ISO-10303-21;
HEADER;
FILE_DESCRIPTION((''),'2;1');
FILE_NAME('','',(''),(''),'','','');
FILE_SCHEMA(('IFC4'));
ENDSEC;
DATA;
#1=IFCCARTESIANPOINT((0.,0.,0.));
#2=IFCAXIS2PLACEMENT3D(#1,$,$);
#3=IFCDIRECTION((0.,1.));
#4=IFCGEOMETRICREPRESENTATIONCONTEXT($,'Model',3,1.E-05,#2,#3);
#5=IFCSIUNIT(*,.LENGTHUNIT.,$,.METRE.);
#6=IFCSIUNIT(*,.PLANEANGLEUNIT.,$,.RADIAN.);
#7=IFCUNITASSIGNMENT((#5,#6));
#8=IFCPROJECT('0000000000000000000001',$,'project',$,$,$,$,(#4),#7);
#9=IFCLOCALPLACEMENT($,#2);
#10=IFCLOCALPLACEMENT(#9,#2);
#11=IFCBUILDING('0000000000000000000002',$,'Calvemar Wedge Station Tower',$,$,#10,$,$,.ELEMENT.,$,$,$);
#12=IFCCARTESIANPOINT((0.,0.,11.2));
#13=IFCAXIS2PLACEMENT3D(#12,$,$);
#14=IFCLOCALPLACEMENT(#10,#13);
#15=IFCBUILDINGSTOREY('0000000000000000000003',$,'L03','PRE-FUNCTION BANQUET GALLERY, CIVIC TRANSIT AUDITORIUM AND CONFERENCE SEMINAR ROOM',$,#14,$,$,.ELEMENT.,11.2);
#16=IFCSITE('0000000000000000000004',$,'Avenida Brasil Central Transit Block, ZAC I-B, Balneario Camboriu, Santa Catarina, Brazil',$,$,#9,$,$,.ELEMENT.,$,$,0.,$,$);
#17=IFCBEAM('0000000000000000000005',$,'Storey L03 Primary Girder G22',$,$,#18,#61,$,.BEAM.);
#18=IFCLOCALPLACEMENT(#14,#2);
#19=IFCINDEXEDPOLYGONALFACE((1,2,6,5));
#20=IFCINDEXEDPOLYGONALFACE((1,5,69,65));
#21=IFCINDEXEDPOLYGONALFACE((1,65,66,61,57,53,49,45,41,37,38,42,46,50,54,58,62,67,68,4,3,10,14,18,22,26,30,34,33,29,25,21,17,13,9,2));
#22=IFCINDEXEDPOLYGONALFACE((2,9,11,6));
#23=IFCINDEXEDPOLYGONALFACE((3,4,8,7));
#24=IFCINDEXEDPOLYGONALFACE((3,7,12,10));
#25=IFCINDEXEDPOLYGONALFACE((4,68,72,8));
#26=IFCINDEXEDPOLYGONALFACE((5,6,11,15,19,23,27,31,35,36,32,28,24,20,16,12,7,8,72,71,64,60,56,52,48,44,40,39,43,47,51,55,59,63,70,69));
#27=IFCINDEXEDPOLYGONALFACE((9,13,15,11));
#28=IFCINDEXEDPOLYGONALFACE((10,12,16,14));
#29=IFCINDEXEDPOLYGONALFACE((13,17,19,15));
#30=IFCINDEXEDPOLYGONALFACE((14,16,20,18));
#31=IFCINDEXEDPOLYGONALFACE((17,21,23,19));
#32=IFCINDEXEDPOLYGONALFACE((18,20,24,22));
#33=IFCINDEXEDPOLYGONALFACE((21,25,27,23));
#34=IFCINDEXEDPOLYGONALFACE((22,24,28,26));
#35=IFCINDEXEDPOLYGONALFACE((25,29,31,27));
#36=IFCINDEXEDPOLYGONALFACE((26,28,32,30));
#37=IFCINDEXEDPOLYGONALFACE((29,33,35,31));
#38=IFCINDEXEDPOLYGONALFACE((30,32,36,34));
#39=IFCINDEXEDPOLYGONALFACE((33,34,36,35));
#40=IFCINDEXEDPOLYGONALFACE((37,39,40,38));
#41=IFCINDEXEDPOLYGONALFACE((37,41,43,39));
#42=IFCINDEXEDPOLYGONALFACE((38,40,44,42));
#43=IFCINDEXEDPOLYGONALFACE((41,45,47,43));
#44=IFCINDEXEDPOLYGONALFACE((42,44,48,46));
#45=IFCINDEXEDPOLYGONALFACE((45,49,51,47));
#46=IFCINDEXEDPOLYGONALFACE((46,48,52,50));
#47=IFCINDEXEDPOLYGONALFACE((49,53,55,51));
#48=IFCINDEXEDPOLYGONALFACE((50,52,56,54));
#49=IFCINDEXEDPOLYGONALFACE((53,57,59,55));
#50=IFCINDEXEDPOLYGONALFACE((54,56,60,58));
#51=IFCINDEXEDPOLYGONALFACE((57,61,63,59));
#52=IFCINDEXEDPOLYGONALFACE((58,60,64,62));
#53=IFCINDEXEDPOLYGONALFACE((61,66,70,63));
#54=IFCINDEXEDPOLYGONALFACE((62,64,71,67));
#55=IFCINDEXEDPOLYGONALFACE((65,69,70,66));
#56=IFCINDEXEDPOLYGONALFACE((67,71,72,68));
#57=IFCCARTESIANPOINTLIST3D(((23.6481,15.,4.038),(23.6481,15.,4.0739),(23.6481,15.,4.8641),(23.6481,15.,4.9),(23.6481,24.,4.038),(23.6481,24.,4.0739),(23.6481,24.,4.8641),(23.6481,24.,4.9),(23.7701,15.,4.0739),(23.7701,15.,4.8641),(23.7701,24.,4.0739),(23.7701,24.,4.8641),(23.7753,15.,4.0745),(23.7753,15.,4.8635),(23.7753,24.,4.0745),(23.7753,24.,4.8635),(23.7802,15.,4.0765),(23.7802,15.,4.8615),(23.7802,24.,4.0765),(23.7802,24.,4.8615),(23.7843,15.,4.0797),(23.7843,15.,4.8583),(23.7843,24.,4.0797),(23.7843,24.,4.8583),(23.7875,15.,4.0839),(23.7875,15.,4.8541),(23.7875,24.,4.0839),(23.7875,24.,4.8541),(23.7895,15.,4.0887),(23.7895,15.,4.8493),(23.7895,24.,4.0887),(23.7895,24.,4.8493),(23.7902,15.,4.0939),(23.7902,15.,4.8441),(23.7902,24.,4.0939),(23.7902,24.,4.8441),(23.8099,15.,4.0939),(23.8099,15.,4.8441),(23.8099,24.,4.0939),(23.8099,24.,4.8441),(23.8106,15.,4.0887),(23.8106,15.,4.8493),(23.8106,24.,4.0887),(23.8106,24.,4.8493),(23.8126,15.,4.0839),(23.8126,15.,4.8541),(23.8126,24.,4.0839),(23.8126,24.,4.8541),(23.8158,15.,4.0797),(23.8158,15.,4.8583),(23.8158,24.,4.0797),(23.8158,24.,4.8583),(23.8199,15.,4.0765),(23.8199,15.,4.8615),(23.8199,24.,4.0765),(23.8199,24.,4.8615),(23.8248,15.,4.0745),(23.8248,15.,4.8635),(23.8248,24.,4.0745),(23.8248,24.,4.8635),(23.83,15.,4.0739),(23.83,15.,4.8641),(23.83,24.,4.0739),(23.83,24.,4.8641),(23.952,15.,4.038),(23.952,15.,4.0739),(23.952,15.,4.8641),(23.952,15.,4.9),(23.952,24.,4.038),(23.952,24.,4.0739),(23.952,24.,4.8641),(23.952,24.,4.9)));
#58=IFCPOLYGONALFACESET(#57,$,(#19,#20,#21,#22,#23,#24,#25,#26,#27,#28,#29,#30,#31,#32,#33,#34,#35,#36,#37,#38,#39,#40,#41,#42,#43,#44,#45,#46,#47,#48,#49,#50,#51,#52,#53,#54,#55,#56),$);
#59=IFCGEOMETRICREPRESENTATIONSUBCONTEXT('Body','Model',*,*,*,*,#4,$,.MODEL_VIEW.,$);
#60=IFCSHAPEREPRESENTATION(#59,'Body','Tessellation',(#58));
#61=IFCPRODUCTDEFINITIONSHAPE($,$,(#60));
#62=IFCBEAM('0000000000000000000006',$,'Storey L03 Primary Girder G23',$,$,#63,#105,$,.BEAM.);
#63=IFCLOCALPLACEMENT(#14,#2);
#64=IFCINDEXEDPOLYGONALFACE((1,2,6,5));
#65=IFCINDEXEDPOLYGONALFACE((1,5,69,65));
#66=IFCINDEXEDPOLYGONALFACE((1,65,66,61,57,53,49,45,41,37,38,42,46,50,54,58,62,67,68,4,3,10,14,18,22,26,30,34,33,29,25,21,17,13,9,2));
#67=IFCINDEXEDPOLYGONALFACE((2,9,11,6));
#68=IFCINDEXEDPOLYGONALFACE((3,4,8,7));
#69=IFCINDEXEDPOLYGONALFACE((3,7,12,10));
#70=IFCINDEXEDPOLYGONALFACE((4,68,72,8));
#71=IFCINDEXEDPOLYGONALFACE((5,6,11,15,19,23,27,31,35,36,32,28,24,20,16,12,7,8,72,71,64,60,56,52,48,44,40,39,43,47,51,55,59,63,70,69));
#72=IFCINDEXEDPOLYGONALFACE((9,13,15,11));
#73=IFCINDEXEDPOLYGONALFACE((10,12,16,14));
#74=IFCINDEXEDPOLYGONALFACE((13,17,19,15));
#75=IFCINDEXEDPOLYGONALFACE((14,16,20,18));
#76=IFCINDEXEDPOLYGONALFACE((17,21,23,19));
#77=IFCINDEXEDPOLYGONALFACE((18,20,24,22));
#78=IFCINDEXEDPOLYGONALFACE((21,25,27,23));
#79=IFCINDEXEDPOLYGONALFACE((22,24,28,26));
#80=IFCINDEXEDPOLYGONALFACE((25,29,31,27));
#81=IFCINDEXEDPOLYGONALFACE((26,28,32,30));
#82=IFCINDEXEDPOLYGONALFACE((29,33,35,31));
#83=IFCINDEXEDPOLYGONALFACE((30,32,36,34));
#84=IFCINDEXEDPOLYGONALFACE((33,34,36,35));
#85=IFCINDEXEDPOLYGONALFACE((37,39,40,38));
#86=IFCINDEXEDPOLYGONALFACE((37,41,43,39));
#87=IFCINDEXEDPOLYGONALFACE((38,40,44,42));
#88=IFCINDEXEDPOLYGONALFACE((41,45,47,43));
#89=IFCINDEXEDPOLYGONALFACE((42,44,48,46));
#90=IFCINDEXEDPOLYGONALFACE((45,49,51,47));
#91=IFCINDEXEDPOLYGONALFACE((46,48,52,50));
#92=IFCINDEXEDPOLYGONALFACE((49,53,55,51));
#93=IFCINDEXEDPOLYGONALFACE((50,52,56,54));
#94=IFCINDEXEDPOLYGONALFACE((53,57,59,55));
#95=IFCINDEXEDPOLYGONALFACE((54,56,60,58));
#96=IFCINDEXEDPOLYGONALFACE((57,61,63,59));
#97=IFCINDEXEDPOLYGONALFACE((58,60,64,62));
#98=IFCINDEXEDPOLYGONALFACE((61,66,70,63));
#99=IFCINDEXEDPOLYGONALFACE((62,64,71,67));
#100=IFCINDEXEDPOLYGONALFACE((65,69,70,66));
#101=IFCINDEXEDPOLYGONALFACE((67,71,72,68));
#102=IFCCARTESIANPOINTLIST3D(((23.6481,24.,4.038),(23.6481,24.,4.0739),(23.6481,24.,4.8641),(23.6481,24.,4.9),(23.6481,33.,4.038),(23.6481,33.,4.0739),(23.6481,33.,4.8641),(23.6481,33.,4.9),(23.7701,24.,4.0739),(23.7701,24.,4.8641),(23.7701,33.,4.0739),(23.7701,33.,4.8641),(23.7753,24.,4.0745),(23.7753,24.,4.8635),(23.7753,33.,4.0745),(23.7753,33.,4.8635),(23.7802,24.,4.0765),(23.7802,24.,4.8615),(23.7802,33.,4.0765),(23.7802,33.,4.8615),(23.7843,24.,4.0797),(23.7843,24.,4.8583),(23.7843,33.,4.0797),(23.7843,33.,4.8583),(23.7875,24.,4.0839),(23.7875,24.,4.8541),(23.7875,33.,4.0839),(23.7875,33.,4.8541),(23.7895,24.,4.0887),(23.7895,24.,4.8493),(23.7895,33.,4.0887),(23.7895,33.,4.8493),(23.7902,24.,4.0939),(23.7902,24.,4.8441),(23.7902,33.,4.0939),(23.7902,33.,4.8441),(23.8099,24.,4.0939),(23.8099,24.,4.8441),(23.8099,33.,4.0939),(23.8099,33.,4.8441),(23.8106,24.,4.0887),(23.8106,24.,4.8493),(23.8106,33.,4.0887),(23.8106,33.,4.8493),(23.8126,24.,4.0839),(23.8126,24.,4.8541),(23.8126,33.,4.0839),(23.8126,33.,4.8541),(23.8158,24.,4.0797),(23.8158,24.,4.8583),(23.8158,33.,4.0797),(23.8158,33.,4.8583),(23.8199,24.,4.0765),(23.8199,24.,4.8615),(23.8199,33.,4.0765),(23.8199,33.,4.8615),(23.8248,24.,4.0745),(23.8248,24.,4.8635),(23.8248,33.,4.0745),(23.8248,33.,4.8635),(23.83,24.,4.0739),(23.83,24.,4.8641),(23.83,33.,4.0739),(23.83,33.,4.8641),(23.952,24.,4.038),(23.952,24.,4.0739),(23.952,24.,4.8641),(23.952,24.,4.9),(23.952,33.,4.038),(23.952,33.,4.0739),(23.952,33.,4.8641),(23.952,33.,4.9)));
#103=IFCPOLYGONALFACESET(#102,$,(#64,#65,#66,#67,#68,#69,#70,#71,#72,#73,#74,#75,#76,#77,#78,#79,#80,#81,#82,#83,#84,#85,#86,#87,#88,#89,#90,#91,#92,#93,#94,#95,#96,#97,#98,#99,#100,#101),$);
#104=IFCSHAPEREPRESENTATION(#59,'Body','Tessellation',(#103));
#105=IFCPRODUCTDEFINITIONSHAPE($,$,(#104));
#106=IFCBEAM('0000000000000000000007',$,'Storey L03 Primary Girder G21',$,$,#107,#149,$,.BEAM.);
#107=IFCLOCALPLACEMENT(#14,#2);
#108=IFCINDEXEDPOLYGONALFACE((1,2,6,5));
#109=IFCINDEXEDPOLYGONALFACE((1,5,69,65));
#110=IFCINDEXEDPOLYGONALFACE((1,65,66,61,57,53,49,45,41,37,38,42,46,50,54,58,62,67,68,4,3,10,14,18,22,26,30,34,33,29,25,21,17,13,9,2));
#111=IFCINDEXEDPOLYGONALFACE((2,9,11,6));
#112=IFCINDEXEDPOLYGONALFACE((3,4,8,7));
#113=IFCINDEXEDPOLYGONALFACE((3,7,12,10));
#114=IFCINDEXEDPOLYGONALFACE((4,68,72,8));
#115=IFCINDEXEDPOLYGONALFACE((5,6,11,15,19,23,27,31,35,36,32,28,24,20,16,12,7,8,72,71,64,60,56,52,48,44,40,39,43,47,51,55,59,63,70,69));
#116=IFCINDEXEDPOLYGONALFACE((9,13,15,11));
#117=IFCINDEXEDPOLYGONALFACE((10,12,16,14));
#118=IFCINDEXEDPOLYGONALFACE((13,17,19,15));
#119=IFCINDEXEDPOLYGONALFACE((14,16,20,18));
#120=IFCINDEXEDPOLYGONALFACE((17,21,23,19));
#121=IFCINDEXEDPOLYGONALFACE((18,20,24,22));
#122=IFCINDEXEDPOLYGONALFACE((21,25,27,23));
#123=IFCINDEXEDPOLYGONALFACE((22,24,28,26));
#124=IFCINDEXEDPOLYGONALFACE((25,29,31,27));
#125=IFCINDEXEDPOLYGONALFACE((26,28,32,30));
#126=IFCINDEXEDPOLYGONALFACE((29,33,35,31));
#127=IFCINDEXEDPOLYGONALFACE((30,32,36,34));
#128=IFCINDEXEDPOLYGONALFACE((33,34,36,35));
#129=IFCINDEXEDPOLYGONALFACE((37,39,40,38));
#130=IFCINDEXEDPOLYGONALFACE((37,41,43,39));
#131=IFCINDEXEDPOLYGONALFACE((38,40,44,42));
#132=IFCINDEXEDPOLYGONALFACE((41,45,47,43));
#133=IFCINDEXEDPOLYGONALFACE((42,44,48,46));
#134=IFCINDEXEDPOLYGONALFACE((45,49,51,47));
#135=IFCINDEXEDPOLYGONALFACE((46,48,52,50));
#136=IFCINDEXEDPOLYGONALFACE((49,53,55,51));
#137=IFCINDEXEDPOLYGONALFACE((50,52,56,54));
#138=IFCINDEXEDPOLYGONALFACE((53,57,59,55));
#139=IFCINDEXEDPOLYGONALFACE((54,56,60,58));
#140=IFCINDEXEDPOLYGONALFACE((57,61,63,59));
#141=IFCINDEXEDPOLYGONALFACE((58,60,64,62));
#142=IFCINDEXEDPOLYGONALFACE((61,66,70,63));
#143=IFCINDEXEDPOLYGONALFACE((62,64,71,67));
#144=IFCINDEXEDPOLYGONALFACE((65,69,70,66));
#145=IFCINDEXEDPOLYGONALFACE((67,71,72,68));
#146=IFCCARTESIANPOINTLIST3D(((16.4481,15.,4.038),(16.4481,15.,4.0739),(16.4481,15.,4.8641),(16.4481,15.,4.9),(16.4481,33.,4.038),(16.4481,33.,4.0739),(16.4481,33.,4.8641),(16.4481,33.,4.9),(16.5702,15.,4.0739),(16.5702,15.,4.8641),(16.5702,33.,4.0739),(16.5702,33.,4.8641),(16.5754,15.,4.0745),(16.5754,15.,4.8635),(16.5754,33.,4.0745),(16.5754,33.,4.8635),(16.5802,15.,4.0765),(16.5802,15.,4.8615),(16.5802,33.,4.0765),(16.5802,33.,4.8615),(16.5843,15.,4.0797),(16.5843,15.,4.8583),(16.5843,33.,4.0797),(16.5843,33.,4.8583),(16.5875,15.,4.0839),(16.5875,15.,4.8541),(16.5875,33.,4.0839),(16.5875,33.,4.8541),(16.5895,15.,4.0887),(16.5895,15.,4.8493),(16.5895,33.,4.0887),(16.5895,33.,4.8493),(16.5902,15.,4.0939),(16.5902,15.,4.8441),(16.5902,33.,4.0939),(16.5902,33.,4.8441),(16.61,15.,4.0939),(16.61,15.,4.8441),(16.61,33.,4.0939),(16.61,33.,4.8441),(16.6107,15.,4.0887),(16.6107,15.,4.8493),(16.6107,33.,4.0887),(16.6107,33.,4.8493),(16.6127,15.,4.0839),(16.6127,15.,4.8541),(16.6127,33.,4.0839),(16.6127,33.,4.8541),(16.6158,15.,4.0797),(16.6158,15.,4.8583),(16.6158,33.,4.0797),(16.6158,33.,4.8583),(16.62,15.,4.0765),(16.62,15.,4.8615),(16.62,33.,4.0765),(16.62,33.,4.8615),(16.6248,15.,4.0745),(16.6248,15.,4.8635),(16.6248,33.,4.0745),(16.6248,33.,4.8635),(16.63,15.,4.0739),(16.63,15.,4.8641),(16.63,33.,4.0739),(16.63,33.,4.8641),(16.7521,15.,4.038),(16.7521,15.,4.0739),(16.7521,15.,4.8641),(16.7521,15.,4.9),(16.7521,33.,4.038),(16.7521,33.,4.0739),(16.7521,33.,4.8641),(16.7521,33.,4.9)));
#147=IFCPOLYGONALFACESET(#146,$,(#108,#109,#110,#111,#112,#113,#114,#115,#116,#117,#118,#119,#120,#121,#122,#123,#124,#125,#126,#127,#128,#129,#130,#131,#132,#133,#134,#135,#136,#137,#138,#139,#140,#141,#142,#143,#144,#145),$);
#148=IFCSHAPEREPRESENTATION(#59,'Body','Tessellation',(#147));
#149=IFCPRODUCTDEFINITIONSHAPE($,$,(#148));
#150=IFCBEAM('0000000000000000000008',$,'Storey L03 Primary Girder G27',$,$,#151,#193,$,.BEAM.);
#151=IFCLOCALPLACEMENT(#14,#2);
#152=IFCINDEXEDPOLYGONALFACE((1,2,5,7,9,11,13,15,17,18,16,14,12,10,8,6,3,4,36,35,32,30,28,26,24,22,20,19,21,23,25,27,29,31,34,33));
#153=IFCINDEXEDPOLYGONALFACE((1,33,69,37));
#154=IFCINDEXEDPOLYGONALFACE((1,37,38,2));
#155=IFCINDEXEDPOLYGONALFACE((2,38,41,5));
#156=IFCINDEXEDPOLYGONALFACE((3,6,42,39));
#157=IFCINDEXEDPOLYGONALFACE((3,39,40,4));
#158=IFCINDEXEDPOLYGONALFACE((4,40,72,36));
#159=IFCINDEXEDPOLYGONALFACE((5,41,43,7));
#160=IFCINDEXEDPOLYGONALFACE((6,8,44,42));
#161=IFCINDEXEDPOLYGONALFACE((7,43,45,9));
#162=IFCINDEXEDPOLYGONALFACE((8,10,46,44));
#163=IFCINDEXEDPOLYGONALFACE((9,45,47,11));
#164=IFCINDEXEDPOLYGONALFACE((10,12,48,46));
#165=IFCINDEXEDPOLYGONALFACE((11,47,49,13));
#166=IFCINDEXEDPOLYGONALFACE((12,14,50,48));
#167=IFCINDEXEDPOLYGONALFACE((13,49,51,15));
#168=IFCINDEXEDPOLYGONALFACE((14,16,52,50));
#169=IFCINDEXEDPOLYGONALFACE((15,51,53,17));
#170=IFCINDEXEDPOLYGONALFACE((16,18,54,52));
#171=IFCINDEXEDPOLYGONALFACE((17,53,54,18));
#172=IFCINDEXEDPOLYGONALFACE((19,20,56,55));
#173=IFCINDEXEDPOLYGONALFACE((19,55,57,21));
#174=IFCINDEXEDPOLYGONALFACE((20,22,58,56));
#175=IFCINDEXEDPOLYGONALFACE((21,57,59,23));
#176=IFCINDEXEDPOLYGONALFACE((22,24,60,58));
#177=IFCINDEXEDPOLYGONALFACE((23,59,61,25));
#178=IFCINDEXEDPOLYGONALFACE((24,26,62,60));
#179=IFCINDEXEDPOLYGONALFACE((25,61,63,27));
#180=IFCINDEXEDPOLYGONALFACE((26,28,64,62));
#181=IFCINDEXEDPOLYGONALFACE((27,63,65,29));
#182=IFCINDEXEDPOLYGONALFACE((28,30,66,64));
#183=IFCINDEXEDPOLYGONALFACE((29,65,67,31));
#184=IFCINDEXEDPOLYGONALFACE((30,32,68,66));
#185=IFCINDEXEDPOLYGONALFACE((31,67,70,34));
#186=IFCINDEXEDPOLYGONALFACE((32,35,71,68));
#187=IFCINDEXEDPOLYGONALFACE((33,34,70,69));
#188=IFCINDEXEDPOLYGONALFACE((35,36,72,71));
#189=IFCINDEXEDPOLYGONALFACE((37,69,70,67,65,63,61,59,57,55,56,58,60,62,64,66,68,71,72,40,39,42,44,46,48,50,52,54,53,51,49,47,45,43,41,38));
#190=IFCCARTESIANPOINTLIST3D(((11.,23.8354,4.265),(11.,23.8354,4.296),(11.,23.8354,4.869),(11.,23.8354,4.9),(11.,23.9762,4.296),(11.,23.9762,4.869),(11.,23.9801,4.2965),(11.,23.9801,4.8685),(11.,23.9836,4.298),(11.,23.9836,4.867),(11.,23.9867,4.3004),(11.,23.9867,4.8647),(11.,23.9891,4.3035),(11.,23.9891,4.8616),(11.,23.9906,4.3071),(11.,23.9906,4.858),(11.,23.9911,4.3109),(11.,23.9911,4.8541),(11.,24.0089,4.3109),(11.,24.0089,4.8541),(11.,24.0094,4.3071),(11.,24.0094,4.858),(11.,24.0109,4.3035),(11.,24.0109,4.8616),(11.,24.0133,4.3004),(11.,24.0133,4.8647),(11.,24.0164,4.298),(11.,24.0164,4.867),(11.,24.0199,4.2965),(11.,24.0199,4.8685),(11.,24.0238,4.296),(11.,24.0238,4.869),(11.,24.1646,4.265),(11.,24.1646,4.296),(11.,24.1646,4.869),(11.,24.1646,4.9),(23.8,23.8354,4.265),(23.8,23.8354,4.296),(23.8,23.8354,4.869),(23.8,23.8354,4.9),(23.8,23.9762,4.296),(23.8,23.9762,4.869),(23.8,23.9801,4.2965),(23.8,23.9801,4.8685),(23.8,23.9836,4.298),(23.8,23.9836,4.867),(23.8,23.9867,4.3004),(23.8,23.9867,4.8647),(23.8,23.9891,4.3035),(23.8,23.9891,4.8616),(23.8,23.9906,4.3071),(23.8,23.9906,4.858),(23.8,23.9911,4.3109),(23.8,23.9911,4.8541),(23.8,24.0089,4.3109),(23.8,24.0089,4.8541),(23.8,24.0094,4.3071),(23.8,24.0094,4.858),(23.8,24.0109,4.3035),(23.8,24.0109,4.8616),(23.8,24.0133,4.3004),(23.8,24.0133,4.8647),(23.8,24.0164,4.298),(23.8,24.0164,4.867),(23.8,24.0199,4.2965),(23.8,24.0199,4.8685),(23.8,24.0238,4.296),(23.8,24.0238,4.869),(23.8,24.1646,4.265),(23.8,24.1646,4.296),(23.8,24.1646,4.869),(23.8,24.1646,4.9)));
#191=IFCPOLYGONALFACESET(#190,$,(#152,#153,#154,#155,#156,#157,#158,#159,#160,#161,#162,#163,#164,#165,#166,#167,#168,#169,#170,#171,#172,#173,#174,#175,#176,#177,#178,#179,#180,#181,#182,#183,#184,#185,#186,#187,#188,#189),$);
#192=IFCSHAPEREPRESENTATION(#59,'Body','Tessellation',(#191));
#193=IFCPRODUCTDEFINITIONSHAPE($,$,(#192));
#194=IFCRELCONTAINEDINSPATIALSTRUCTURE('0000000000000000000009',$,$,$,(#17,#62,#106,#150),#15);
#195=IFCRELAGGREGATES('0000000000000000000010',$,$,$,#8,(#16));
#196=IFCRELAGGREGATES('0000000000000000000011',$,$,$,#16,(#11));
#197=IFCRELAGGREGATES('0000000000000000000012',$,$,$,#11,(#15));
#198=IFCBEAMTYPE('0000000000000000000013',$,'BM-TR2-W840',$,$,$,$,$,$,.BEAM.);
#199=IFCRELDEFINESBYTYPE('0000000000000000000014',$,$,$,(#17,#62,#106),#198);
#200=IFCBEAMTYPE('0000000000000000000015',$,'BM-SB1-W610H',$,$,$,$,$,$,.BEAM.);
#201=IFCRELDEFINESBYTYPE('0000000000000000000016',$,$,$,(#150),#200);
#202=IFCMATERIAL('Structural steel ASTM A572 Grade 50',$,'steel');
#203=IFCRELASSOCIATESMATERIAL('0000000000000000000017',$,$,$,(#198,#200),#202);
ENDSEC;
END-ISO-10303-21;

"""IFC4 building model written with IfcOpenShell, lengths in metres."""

from ifc_helpers import new_model, si_unit, direction, frame, origin, origin_2d, place, context, subcontext, project, spatial, i_section, extrude, source, transform, mapped, material, material_profile, profile_set, type_object, element, save


model = new_model("IFC4")

# Units and contexts
model_context = context("Model", 3, precision=1e-05, world=origin(), true_north=direction((0.0, 1.0)))
body_context = subcontext(model_context, "Body", "Model", "MODEL_VIEW")
ifc_project = project(units=[si_unit("LENGTHUNIT", "METRE"), si_unit("PLANEANGLEUNIT", "RADIAN")], contexts=[model_context])

# Site, building, storey
site_placement = place(None, origin())
site = spatial("IfcSite", under=ifc_project, at=site_placement, Name="Avenida Brasil Central Transit Block, ZAC I-B, Balneario Camboriu, Santa Catarina, Brazil", CompositionType="ELEMENT", RefElevation=0.0)
building_placement = place(site_placement, origin())
building = spatial("IfcBuilding", under=site, at=building_placement, Name="Calvemar Wedge Station Tower", CompositionType="ELEMENT")
storey_placement = place(building_placement, frame((0.0, 0.0, 11.2)))
storey = spatial("IfcBuildingStorey", under=building, at=storey_placement, Name="L03", Description="PRE-FUNCTION BANQUET GALLERY, CIVIC TRANSIT AUDITORIUM AND CONFERENCE SEMINAR ROOM", CompositionType="ELEMENT", Elevation=11.2)

# Beams
ifc_material_1 = material(Name="Structural steel ASTM A572 Grade 50", Category="steel")
ifc_material_profile_1 = material_profile(ifc_material_1, i_section(OverallWidth=0.304, OverallDepth=0.8621, WebThickness=0.0198, FlangeThickness=0.0359, FilletRadius=0.02, at=origin_2d()), Name="W840x329")
ifc_profile_set_1 = profile_set([ifc_material_profile_1], Name="Structural steel ASTM A572 Grade 50")
beam_type_1 = type_object("IfcBeamType", Name="BM-TR2-W840", PredefinedType="BEAM", material=ifc_profile_set_1)
shared_shape_1 = source(origin(), body_context, "Body", "SweptSolid", [
    extrude(i_section(OverallWidth=0.304, OverallDepth=0.8621, WebThickness=0.0198, FlangeThickness=0.0359, FilletRadius=0.02, at=origin_2d()), origin(), (0.0, 0.0, 1.0), 9.0),
])
for number, where, z_axis, x_axis, name in (
    (1, (23.8, 15.0, 4.469), (0.0, 1.0, 0.0), (-1.0, 0.0, 0.0), "Storey L03 Primary Girder G22"),
    (2, (23.8, 24.0, 4.469), (0.0, 1.0, 0.0), (-1.0, 0.0, 0.0), "Storey L03 Primary Girder G23"),
):
    element("IfcBeam", number, at=place(storey_placement, frame(where, z_axis=z_axis, x_axis=x_axis)), inside=storey, type_object=beam_type_1, Name=name, PredefinedType="BEAM", context=body_context, shape_type="MappedRepresentation", body=[
        mapped(shared_shape_1, transform((0.0, 0.0, 0.0), scale=1.0)),
    ])
shared_shape_2 = source(origin(), body_context, "Body", "SweptSolid", [
    extrude(i_section(OverallWidth=0.304, OverallDepth=0.8621, WebThickness=0.0198, FlangeThickness=0.0359, FilletRadius=0.02, at=origin_2d()), origin(), (0.0, 0.0, 1.0), 18.0),
])
beam_1_placement = place(storey_placement, frame((16.6001, 15.0, 4.469), z_axis=(0.0, 1.0, 0.0), x_axis=(-1.0, 0.0, 0.0)))
element("IfcBeam", 3, at=beam_1_placement, inside=storey, type_object=beam_type_1, Name="Storey L03 Primary Girder G21", PredefinedType="BEAM", context=body_context, shape_type="MappedRepresentation", body=[
    mapped(shared_shape_2, transform((0.0, 0.0, 0.0), scale=1.0)),
])
ifc_material_profile_2 = material_profile(ifc_material_1, i_section(OverallWidth=0.3291, OverallDepth=0.635, WebThickness=0.0178, FlangeThickness=0.031, FilletRadius=0.0149, at=origin_2d()), Name="W610x241")
ifc_profile_set_2 = profile_set([ifc_material_profile_2], Name="Structural steel ASTM A572 Grade 50")
beam_type_2 = type_object("IfcBeamType", Name="BM-SB1-W610H", PredefinedType="BEAM", material=ifc_profile_set_2)
shared_shape_3 = source(origin(), body_context, "Body", "SweptSolid", [
    extrude(i_section(OverallWidth=0.3291, OverallDepth=0.635, WebThickness=0.0178, FlangeThickness=0.031, FilletRadius=0.0149, at=origin_2d()), origin(), (0.0, 0.0, 1.0), 12.8),
])
beam_2_placement = place(storey_placement, frame((11.0, 24.0, 4.5825), z_axis=(1.0, 0.0, 0.0), x_axis=(0.0, 1.0, 0.0)))
element("IfcBeam", 4, at=beam_2_placement, inside=storey, type_object=beam_type_2, Name="Storey L03 Primary Girder G27", PredefinedType="BEAM", context=body_context, shape_type="MappedRepresentation", body=[
    mapped(shared_shape_3, transform((0.0, 0.0, 0.0), scale=1.0)),
])

save(model, "model.ifc")
